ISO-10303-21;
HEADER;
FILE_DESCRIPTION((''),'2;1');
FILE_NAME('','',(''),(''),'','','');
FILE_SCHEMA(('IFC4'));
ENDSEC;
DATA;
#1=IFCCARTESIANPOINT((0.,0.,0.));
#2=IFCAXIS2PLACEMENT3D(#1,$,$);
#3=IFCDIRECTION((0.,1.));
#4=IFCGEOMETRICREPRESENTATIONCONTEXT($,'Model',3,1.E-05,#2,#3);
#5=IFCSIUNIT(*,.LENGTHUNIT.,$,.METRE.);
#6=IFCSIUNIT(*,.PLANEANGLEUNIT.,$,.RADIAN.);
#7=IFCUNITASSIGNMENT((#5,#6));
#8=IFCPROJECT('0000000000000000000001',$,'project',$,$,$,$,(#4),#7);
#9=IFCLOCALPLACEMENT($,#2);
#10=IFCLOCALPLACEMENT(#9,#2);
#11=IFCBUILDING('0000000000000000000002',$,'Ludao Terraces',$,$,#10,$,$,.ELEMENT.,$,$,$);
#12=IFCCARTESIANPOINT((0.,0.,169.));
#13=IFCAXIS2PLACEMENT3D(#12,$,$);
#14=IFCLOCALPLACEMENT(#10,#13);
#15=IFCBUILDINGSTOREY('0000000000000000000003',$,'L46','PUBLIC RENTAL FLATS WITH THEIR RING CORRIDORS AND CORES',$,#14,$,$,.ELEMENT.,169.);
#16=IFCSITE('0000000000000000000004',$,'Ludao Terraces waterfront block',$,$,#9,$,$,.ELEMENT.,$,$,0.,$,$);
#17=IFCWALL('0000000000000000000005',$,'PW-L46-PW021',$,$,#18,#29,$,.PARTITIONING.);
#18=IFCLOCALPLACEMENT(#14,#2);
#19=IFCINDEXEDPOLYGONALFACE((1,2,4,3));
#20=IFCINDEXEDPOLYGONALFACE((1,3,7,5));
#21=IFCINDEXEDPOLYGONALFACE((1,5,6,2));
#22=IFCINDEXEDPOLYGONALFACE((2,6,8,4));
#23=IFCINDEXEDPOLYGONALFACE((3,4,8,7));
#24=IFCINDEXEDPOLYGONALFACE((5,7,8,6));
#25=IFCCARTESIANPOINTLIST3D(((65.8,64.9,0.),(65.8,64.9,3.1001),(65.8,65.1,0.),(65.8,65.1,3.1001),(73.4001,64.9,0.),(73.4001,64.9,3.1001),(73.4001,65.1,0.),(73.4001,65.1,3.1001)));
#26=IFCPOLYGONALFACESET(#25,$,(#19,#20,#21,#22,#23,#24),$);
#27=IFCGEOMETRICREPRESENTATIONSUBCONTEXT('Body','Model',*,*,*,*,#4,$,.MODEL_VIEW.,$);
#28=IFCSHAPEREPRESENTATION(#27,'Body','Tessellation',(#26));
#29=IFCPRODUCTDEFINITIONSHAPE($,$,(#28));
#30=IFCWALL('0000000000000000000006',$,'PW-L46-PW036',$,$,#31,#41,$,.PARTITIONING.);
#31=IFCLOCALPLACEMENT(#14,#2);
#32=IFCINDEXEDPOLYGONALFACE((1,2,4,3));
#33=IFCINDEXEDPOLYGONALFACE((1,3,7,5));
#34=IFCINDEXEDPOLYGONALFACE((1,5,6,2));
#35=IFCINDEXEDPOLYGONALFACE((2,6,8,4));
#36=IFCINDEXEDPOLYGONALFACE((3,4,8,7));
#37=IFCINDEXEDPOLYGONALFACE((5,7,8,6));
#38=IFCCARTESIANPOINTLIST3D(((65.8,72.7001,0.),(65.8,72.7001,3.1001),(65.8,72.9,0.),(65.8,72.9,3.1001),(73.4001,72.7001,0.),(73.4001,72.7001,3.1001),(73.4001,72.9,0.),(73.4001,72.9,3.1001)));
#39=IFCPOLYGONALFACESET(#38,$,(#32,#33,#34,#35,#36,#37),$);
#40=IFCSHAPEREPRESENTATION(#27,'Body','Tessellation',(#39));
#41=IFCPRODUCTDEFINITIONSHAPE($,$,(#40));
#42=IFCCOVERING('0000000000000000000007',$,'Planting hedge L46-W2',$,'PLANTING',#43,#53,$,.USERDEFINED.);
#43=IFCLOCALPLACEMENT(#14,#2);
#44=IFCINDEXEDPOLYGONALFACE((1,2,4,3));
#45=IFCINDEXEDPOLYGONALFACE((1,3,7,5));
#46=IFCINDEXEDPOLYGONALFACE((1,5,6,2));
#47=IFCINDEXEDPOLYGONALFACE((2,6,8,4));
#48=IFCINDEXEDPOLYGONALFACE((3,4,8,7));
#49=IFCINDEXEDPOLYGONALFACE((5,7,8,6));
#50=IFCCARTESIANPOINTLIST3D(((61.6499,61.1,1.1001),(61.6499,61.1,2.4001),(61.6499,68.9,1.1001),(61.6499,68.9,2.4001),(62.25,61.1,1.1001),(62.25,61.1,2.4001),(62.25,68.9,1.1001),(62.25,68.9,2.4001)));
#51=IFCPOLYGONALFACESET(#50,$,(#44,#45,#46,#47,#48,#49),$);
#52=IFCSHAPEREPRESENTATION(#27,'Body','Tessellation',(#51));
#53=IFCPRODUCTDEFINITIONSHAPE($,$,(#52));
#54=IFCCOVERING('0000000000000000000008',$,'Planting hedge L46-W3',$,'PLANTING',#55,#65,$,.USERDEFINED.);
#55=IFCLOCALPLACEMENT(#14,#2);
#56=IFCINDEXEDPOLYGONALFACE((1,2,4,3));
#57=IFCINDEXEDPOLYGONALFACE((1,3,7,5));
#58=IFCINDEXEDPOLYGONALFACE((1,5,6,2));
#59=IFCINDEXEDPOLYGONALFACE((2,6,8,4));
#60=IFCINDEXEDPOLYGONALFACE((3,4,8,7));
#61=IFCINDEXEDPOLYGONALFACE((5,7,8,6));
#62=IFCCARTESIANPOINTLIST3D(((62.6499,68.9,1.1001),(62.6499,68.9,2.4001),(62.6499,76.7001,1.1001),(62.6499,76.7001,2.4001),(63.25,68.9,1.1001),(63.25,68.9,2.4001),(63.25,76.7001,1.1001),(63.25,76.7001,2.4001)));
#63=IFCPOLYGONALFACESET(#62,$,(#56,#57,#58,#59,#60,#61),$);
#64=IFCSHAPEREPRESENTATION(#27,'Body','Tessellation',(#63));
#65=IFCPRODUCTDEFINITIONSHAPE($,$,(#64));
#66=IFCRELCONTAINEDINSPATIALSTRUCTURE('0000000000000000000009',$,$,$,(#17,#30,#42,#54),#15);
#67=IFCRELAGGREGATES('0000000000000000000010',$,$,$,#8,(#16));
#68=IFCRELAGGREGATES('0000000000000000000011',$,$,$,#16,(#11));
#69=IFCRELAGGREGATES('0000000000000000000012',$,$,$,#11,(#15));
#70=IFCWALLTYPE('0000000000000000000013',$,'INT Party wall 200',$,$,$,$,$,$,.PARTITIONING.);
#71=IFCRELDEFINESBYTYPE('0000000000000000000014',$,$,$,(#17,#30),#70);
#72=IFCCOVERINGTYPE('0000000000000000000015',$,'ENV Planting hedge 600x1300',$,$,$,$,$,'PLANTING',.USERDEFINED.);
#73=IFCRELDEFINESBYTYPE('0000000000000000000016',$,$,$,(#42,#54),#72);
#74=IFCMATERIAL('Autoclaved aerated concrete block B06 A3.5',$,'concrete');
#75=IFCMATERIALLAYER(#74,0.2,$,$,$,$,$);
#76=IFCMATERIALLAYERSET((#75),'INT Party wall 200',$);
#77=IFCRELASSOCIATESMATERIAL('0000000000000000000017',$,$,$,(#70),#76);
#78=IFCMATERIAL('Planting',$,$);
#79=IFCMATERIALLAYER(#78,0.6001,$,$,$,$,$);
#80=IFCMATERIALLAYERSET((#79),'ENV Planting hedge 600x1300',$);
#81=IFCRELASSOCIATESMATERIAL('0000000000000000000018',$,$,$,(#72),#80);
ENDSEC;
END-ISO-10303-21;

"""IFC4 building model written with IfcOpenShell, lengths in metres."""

from ifc_helpers import new_model, si_unit, direction, frame, frame_2d, origin, origin_2d, place, context, subcontext, project, spatial, rectangle, extrude, material, layer, layer_set, type_object, element, save


model = new_model("IFC4")

# Units and contexts
model_context = context("Model", 3, precision=1e-05, world=origin(), true_north=direction((0.0, 1.0)))
body_context = subcontext(model_context, "Body", "Model", "MODEL_VIEW")
ifc_project = project(units=[si_unit("LENGTHUNIT", "METRE"), si_unit("PLANEANGLEUNIT", "RADIAN")], contexts=[model_context])

# Site, building, storey
site_placement = place(None, origin())
site = spatial("IfcSite", under=ifc_project, at=site_placement, Name="Ludao Terraces waterfront block", CompositionType="ELEMENT", RefElevation=0.0)
building_placement = place(site_placement, origin())
building = spatial("IfcBuilding", under=site, at=building_placement, Name="Ludao Terraces", CompositionType="ELEMENT")
storey_placement = place(building_placement, frame((0.0, 0.0, 169.0)))
storey = spatial("IfcBuildingStorey", under=building, at=storey_placement, Name="L46", Description="PUBLIC RENTAL FLATS WITH THEIR RING CORRIDORS AND CORES", CompositionType="ELEMENT", Elevation=169.0)

# Walls
ifc_material_1 = material(Name="Autoclaved aerated concrete block B06 A3.5", Category="concrete")
ifc_layer_1 = layer(ifc_material_1, 0.2)
ifc_layer_set_1 = layer_set([ifc_layer_1], Name="INT Party wall 200")
wall_type_1 = type_object("IfcWallType", Name="INT Party wall 200", PredefinedType="PARTITIONING", material=ifc_layer_set_1)
for number, where, z_axis, x_axis, name in (
    (1, (65.8, 65.0, 0.0), (0.0, 0.0, 1.0), (1.0, 0.0, 0.0), "PW-L46-PW021"),
    (2, (65.8, 72.8, 0.0), (0.0, 0.0, 1.0), (1.0, 0.0, 0.0), "PW-L46-PW036"),
):
    element("IfcWall", number, at=place(storey_placement, frame(where, z_axis=z_axis, x_axis=x_axis)), inside=storey, type_object=wall_type_1, Name=name, PredefinedType="PARTITIONING", context=body_context, shape_type="SweptSolid", body=[
        extrude(rectangle(XDim=7.6001, YDim=0.2, at=frame_2d((3.8, 0.0))), origin(), (0.0, 0.0, 1.0), 3.1001),
    ])

# Coverings
ifc_material_2 = material(Name="Planting")
ifc_layer_2 = layer(ifc_material_2, 0.6001)
ifc_layer_set_2 = layer_set([ifc_layer_2], Name="ENV Planting hedge 600x1300")
covering_type = type_object("IfcCoveringType", Name="ENV Planting hedge 600x1300", ElementType="PLANTING", PredefinedType="USERDEFINED", material=ifc_layer_set_2)
for number, where, z_axis, x_axis, name in (
    (3, (61.95, 65.0, 1.1001), (0.0, 0.0, 1.0), (1.0, 0.0, 0.0), "Planting hedge L46-W2"),
    (4, (62.95, 72.8, 1.1001), (0.0, 0.0, 1.0), (1.0, 0.0, 0.0), "Planting hedge L46-W3"),
):
    element("IfcCovering", number, at=place(storey_placement, frame(where, z_axis=z_axis, x_axis=x_axis)), inside=storey, type_object=covering_type, Name=name, ObjectType="PLANTING", PredefinedType="USERDEFINED", context=body_context, shape_type="SweptSolid", body=[
        extrude(rectangle(XDim=0.6001, YDim=7.8, at=origin_2d()), origin(), (0.0, 0.0, 1.0), 1.3),
    ])

save(model, "model.ifc")
